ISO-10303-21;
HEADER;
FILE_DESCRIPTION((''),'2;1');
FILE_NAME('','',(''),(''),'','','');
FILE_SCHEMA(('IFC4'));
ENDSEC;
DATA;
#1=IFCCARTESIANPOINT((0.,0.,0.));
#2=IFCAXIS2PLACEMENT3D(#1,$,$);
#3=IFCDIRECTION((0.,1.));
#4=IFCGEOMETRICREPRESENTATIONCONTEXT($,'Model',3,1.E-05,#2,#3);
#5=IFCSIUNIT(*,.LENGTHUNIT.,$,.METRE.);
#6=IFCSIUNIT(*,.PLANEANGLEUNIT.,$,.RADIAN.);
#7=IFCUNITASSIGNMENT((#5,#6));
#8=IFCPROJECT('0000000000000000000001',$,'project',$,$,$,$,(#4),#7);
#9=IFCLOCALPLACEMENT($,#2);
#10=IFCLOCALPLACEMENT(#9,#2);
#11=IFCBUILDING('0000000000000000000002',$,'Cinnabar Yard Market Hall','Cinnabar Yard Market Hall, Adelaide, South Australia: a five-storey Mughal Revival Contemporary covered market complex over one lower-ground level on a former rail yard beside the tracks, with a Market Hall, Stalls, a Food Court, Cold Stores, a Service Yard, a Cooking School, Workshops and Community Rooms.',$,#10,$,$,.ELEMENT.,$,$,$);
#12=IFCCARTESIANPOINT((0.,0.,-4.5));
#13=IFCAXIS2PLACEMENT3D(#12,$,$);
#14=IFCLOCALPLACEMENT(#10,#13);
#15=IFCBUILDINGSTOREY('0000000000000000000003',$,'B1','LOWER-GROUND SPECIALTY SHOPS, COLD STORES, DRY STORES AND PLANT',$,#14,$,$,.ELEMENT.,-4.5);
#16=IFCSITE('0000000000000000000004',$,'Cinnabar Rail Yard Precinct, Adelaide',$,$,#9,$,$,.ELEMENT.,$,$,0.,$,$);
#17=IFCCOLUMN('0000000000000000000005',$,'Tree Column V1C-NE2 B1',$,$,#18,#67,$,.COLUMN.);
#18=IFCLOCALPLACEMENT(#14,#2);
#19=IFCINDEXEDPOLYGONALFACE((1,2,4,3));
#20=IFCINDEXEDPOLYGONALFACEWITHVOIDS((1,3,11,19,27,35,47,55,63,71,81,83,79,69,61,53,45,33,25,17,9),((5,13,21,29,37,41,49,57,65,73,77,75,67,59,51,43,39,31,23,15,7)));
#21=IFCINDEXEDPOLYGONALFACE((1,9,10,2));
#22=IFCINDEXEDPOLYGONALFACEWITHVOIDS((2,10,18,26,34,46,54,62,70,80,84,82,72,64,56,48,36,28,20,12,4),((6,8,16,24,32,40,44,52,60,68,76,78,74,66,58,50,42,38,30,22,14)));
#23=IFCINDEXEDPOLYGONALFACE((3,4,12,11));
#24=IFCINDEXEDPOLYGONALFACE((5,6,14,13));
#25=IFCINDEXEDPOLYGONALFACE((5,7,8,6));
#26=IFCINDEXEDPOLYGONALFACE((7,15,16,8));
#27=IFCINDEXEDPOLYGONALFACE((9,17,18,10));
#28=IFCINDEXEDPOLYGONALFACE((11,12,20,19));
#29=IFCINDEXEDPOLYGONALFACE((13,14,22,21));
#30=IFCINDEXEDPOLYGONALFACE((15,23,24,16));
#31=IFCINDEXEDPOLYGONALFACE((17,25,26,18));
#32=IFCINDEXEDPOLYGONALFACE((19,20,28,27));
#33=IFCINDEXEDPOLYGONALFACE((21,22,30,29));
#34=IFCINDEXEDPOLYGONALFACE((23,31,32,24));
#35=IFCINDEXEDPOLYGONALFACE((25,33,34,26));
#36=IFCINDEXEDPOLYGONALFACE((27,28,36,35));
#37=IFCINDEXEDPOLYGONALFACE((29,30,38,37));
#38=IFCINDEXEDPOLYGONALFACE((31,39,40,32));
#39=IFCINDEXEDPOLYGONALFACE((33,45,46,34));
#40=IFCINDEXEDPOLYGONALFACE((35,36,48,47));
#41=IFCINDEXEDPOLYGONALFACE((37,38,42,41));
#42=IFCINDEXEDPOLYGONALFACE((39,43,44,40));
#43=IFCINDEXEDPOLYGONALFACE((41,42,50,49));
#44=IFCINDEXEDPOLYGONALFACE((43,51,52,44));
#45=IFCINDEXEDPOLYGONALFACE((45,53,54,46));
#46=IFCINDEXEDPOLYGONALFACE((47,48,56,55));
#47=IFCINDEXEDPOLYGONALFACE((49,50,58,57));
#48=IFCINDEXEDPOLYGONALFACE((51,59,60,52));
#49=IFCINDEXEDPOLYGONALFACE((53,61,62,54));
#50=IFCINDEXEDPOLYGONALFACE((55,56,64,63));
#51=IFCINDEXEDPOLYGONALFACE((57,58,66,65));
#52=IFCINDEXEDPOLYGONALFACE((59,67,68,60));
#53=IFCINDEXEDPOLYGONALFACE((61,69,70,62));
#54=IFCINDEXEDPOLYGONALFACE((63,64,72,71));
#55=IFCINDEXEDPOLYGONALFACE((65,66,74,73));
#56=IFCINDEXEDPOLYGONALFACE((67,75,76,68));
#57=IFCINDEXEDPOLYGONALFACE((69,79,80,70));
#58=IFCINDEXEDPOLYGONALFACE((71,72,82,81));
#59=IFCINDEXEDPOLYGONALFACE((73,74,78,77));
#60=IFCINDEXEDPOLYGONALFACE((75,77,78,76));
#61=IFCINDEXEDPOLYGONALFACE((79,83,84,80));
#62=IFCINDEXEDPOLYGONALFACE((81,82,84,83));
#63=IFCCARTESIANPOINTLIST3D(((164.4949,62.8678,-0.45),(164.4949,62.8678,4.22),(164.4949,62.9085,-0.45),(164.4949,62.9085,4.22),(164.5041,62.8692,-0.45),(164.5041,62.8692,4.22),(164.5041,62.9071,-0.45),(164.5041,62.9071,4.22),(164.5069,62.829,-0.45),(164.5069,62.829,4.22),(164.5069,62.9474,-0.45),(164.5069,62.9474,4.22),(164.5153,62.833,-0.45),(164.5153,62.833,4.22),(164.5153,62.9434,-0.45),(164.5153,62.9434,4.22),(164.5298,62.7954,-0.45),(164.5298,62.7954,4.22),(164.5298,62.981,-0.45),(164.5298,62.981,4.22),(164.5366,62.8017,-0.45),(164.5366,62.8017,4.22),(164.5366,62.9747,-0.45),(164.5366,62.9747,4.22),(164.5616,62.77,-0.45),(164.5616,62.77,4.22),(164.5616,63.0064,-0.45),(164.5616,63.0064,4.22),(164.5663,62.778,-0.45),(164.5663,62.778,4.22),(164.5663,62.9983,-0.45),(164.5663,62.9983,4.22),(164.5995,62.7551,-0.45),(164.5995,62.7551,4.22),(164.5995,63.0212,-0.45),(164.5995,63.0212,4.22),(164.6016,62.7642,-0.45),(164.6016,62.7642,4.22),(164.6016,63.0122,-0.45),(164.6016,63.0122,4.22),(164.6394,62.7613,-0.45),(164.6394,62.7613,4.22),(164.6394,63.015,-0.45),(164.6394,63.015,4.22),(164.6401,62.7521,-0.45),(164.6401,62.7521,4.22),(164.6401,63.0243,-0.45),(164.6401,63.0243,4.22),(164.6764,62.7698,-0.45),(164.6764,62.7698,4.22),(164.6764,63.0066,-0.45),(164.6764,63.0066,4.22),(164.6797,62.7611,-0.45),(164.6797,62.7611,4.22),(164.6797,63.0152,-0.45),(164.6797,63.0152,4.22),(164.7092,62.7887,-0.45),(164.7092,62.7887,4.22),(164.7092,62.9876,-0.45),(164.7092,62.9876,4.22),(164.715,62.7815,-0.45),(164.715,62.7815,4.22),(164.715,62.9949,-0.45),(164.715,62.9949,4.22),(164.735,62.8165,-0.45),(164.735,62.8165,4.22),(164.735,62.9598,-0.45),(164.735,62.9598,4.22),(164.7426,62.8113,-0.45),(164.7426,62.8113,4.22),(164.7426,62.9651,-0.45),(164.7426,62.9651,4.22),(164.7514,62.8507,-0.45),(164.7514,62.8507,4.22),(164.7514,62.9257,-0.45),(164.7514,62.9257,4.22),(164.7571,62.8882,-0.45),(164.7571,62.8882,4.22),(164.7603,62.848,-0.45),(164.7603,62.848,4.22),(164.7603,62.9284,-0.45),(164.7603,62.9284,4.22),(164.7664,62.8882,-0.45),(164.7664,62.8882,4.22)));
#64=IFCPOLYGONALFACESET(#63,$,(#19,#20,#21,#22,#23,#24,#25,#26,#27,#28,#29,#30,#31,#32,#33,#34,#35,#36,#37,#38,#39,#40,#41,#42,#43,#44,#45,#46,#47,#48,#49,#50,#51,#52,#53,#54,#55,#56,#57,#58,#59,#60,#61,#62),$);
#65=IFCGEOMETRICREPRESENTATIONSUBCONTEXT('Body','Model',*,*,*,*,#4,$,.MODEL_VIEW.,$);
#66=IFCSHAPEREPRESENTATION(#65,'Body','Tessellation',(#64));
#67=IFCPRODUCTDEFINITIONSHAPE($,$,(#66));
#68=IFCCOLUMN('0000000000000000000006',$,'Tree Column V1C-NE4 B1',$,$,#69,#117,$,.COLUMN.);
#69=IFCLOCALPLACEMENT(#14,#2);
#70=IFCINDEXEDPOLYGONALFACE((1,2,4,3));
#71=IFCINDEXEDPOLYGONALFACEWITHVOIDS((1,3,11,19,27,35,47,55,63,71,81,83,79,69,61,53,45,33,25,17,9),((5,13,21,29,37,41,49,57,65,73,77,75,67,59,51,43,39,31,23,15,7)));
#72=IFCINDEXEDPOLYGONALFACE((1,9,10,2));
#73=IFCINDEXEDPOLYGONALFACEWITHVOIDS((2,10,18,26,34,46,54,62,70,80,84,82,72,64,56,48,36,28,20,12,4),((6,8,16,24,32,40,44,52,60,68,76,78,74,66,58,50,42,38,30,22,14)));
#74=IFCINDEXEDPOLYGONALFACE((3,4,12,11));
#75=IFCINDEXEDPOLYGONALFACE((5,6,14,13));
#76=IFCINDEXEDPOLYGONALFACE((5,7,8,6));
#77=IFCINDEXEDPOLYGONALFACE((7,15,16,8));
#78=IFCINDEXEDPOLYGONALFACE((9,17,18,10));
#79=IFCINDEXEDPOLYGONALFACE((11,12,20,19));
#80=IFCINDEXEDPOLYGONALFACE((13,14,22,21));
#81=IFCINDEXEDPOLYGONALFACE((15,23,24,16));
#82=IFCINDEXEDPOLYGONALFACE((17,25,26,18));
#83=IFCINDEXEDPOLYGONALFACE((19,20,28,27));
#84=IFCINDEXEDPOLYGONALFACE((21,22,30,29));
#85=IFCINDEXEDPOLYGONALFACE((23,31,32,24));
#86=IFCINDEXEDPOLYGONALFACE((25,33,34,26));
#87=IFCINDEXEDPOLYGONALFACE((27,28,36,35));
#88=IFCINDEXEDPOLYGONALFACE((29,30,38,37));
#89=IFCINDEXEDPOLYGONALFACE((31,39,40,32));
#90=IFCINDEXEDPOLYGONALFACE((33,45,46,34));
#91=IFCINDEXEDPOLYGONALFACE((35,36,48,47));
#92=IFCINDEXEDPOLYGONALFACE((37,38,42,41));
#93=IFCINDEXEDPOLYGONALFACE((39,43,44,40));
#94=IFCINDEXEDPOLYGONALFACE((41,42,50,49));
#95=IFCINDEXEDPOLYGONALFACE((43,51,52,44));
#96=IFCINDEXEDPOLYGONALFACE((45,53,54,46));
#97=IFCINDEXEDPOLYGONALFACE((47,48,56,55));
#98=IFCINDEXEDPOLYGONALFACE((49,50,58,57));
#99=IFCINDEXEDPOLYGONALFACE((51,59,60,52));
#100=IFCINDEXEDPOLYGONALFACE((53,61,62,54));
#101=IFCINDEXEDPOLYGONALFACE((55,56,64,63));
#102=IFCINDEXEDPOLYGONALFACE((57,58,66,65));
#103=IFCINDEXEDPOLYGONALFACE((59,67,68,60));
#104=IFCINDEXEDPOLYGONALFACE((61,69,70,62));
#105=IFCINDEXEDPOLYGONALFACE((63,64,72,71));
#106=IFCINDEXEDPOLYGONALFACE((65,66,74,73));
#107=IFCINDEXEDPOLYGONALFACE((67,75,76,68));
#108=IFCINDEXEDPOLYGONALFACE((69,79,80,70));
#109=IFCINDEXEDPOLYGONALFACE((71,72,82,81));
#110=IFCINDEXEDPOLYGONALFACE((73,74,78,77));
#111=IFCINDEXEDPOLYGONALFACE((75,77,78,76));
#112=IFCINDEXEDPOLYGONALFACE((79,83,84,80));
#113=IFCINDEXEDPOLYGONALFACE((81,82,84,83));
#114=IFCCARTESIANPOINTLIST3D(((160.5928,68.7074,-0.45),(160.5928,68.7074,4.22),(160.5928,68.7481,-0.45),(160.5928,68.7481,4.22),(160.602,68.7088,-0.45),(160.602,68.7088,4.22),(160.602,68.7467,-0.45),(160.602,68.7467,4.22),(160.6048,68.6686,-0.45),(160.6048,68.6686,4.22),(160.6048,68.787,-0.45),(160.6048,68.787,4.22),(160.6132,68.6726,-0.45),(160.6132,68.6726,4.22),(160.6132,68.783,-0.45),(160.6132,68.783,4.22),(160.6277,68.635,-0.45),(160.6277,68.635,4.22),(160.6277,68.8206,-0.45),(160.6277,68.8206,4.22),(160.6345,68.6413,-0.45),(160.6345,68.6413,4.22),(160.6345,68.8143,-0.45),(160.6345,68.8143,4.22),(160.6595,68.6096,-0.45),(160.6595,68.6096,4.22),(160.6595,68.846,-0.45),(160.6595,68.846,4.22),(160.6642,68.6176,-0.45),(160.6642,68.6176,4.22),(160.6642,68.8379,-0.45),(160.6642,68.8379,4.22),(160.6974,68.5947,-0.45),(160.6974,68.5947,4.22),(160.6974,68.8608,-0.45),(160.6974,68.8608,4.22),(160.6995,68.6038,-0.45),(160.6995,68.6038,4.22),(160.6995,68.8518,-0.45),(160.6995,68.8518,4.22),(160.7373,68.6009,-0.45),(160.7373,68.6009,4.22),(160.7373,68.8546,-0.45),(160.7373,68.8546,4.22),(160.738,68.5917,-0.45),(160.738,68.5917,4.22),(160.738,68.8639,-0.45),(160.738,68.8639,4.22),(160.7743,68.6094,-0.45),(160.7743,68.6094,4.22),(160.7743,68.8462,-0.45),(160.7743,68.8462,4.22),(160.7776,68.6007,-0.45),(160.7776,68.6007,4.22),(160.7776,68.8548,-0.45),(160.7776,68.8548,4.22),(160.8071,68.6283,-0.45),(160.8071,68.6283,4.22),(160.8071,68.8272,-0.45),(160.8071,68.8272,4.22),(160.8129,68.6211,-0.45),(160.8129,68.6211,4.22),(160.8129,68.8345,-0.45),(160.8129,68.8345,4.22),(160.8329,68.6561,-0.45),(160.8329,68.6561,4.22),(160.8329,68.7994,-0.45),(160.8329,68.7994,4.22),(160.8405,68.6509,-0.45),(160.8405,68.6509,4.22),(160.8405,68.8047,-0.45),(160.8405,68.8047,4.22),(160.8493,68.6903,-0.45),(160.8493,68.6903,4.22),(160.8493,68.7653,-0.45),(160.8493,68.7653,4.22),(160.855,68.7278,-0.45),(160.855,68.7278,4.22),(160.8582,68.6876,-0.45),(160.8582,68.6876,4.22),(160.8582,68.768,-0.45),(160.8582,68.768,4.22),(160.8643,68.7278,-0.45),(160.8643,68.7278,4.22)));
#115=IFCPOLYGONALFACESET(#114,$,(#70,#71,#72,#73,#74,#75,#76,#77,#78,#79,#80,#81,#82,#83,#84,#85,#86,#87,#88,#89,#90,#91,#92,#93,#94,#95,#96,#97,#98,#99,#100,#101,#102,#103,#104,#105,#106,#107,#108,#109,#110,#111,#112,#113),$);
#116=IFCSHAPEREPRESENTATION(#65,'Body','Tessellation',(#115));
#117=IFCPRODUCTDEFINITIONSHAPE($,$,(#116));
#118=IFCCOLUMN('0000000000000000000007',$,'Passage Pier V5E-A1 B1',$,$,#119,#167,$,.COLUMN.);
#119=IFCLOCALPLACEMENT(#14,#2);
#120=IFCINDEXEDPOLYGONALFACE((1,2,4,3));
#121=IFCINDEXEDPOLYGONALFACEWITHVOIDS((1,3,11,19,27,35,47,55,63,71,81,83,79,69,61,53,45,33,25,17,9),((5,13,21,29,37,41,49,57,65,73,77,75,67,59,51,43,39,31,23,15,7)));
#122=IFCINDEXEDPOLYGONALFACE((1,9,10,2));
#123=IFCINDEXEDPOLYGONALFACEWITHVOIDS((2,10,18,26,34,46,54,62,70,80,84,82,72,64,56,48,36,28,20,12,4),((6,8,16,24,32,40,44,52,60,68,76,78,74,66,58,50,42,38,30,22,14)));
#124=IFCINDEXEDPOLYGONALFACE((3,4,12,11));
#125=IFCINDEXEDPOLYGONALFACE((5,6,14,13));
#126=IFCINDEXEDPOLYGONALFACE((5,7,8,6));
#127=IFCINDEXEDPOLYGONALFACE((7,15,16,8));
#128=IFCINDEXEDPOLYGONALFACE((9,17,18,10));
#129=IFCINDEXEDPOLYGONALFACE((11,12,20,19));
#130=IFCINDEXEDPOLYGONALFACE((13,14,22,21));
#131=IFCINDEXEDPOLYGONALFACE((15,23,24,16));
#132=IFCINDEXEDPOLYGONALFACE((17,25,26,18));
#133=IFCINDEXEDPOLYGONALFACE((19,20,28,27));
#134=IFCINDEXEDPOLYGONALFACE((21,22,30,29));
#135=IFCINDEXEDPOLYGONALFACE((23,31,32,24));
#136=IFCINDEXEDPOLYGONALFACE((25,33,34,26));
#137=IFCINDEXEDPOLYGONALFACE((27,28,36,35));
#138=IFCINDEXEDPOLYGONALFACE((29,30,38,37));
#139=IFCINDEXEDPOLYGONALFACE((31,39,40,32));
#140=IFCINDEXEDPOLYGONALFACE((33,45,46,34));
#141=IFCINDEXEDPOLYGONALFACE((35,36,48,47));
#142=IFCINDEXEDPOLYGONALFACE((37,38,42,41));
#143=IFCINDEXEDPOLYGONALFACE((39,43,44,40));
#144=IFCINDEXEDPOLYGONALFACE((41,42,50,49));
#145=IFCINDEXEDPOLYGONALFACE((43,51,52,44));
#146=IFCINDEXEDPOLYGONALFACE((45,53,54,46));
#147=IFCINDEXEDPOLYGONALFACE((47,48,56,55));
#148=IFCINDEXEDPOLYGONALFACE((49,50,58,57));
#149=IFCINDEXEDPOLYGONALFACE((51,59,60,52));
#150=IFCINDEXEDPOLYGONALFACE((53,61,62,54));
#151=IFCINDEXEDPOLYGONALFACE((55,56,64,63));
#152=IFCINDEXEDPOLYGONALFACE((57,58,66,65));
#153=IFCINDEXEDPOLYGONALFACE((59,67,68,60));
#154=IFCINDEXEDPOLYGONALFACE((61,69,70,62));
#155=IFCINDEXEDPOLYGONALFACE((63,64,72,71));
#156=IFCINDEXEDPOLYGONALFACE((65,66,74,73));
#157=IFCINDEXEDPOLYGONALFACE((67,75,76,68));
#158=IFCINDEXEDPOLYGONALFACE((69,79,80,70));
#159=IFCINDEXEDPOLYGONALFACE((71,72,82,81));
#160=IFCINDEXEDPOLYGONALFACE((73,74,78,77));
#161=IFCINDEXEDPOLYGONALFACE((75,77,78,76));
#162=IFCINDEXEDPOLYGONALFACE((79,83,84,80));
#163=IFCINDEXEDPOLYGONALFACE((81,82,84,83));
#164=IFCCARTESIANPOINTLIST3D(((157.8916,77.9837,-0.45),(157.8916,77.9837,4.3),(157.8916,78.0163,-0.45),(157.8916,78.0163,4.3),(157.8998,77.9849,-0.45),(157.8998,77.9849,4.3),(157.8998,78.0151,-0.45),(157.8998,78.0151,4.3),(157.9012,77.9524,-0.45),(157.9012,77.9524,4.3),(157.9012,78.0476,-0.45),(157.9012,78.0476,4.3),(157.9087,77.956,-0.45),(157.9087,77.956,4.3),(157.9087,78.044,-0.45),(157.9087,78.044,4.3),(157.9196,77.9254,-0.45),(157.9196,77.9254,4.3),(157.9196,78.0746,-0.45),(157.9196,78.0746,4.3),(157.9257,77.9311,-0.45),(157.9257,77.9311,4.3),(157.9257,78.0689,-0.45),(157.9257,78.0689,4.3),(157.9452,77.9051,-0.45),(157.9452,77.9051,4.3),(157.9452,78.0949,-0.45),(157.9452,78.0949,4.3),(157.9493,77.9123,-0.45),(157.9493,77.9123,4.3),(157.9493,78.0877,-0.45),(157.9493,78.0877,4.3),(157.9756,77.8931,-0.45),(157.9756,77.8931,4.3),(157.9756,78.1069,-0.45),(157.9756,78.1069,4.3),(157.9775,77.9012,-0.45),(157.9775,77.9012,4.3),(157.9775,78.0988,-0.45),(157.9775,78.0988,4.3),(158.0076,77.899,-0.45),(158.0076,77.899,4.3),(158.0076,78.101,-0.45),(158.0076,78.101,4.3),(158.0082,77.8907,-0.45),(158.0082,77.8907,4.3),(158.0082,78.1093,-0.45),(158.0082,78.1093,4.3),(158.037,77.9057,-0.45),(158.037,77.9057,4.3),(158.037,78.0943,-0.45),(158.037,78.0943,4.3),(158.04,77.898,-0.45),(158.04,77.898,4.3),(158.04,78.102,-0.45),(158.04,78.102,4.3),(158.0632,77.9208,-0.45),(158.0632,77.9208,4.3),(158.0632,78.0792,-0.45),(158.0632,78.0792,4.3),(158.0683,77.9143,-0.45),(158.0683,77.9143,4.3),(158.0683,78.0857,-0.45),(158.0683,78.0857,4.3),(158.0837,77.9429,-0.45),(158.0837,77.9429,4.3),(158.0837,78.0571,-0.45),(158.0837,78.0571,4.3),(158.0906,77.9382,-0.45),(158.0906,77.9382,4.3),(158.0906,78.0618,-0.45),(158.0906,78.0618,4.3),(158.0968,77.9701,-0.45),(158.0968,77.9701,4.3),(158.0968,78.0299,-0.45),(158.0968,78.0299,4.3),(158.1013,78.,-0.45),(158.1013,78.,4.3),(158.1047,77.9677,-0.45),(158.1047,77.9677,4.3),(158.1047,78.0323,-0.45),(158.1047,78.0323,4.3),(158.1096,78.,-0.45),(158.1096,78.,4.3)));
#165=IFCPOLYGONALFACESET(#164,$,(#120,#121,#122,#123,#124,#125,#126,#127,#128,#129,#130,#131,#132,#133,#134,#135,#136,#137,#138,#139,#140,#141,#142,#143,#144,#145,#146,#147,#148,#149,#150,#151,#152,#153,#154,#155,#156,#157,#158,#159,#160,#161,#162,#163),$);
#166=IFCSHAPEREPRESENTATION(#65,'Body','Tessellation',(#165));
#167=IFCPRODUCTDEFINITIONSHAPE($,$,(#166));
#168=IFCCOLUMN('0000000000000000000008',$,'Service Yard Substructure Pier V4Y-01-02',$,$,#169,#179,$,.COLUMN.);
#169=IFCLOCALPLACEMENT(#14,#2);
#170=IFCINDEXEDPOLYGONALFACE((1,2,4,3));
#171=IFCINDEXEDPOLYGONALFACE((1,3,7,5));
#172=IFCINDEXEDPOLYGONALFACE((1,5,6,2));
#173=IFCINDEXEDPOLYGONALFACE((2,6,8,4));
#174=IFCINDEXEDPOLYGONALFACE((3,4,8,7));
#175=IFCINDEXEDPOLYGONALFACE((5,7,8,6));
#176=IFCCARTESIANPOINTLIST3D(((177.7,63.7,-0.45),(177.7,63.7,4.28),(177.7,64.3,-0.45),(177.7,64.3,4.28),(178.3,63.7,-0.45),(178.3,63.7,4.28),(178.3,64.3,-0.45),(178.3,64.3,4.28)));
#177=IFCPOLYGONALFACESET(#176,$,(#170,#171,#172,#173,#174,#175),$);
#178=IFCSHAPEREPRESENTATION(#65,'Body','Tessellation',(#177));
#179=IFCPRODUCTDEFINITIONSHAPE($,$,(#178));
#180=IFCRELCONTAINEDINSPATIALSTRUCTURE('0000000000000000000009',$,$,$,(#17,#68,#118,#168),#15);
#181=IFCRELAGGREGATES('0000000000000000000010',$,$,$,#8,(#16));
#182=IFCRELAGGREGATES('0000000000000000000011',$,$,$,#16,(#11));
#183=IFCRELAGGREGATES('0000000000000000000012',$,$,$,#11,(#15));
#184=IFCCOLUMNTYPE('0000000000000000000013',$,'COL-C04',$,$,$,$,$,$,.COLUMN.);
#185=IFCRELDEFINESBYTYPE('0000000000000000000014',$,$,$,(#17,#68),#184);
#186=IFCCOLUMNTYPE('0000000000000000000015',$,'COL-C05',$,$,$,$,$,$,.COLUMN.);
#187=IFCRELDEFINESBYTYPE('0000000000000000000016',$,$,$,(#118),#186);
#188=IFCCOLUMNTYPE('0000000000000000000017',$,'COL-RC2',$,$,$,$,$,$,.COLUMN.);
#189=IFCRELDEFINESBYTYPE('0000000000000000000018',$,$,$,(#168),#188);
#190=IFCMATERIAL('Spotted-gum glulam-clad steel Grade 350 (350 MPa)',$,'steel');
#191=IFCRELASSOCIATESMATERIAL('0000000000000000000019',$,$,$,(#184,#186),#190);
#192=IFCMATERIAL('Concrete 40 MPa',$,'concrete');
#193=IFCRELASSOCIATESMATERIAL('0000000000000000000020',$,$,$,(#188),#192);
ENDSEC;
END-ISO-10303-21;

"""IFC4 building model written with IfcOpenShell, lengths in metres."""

from ifc_helpers import new_model, si_unit, direction, frame, origin, origin_2d_with_axis, place, context, subcontext, project, spatial, rectangle, hollow_circle, extrude, material, material_profile, profile_set, type_object, element, save


model = new_model("IFC4")

# Units and contexts
model_context = context("Model", 3, precision=1e-05, world=origin(), true_north=direction((0.0, 1.0)))
body_context = subcontext(model_context, "Body", "Model", "MODEL_VIEW")
ifc_project = project(units=[si_unit("LENGTHUNIT", "METRE"), si_unit("PLANEANGLEUNIT", "RADIAN")], contexts=[model_context])

# Site, building, storey
site_placement = place(None, origin())
site = spatial("IfcSite", under=ifc_project, at=site_placement, Name="Cinnabar Rail Yard Precinct, Adelaide", CompositionType="ELEMENT", RefElevation=0.0)
building_placement = place(site_placement, origin())
building = spatial("IfcBuilding", under=site, at=building_placement, Name="Cinnabar Yard Market Hall", Description="Cinnabar Yard Market Hall, Adelaide, South Australia: a five-storey Mughal Revival Contemporary covered market complex over one lower-ground level on a former rail yard beside the tracks, with a Market Hall, Stalls, a Food Court, Cold Stores, a Service Yard, a Cooking School, Workshops and Community Rooms.", CompositionType="ELEMENT")
storey_placement = place(building_placement, frame((0.0, 0.0, -4.5)))
storey = spatial("IfcBuildingStorey", under=building, at=storey_placement, Name="B1", Description="LOWER-GROUND SPECIALTY SHOPS, COLD STORES, DRY STORES AND PLANT", CompositionType="ELEMENT", Elevation=-4.5)

# Shared definitions
ifc_material_1 = material(Name="Concrete 40 MPa", Category="concrete")

# Columns
ifc_material_2 = material(Name="Spotted-gum glulam-clad steel Grade 350 (350 MPa)", Category="steel")
ifc_material_profile_1 = material_profile(ifc_material_2, hollow_circle(Radius=0.1365, WallThickness=0.0093, at=origin_2d_with_axis()), Name="273.1x9.3CHS")
ifc_profile_set_1 = profile_set([ifc_material_profile_1], Name="Spotted-gum glulam-clad steel Grade 350 (350 MPa)")
column_type_1 = type_object("IfcColumnType", Name="COL-C04", PredefinedType="COLUMN", material=ifc_profile_set_1)
for number, where, z_axis, x_axis, name in (
    (1, (164.6299, 62.8882, -0.45), (0.0, 0.0, 1.0), (1.0, 0.0, 0.0), "Tree Column V1C-NE2 B1"),
    (2, (160.7278, 68.7278, -0.45), (0.0, 0.0, 1.0), (1.0, 0.0, 0.0), "Tree Column V1C-NE4 B1"),
):
    element("IfcColumn", number, at=place(storey_placement, frame(where, z_axis=z_axis, x_axis=x_axis)), inside=storey, type_object=column_type_1, Name=name, PredefinedType="COLUMN", context=body_context, shape_type="SweptSolid", body=[
        extrude(hollow_circle(Radius=0.1365, WallThickness=0.0093, at=origin_2d_with_axis()), origin(), (0.0, 0.0, 1.0), 4.6699),
    ])
ifc_material_profile_2 = material_profile(ifc_material_2, hollow_circle(Radius=0.1096, WallThickness=0.0083, at=origin_2d_with_axis()), Name="219.1x8.2CHS")
ifc_profile_set_2 = profile_set([ifc_material_profile_2], Name="Spotted-gum glulam-clad steel Grade 350 (350 MPa)")
column_type_2 = type_object("IfcColumnType", Name="COL-C05", PredefinedType="COLUMN", material=ifc_profile_set_2)
column_1_placement = place(storey_placement, frame((158.0, 78.0, -0.45), z_axis=(0.0, 0.0, 1.0), x_axis=(1.0, 0.0, 0.0)))
element("IfcColumn", 3, at=column_1_placement, inside=storey, type_object=column_type_2, Name="Passage Pier V5E-A1 B1", PredefinedType="COLUMN", context=body_context, shape_type="SweptSolid", body=[
    extrude(hollow_circle(Radius=0.1096, WallThickness=0.0083, at=origin_2d_with_axis()), origin(), (0.0, 0.0, 1.0), 4.75),
])
ifc_material_profile_3 = material_profile(ifc_material_1, rectangle(XDim=0.6001, YDim=0.6001, at=origin_2d_with_axis()), Name="RC-600x600")
ifc_profile_set_3 = profile_set([ifc_material_profile_3], Name="Concrete 40 MPa")
column_type_3 = type_object("IfcColumnType", Name="COL-RC2", PredefinedType="COLUMN", material=ifc_profile_set_3)
column_2_placement = place(storey_placement, frame((178.0, 64.0, -0.45), z_axis=(0.0, 0.0, 1.0), x_axis=(1.0, 0.0, 0.0)))
element("IfcColumn", 4, at=column_2_placement, inside=storey, type_object=column_type_3, Name="Service Yard Substructure Pier V4Y-01-02", PredefinedType="COLUMN", context=body_context, shape_type="SweptSolid", body=[
    extrude(rectangle(XDim=0.6001, YDim=0.6001, at=origin_2d_with_axis()), origin(), (0.0, 0.0, 1.0), 4.73),
])

save(model, "model.ifc")
